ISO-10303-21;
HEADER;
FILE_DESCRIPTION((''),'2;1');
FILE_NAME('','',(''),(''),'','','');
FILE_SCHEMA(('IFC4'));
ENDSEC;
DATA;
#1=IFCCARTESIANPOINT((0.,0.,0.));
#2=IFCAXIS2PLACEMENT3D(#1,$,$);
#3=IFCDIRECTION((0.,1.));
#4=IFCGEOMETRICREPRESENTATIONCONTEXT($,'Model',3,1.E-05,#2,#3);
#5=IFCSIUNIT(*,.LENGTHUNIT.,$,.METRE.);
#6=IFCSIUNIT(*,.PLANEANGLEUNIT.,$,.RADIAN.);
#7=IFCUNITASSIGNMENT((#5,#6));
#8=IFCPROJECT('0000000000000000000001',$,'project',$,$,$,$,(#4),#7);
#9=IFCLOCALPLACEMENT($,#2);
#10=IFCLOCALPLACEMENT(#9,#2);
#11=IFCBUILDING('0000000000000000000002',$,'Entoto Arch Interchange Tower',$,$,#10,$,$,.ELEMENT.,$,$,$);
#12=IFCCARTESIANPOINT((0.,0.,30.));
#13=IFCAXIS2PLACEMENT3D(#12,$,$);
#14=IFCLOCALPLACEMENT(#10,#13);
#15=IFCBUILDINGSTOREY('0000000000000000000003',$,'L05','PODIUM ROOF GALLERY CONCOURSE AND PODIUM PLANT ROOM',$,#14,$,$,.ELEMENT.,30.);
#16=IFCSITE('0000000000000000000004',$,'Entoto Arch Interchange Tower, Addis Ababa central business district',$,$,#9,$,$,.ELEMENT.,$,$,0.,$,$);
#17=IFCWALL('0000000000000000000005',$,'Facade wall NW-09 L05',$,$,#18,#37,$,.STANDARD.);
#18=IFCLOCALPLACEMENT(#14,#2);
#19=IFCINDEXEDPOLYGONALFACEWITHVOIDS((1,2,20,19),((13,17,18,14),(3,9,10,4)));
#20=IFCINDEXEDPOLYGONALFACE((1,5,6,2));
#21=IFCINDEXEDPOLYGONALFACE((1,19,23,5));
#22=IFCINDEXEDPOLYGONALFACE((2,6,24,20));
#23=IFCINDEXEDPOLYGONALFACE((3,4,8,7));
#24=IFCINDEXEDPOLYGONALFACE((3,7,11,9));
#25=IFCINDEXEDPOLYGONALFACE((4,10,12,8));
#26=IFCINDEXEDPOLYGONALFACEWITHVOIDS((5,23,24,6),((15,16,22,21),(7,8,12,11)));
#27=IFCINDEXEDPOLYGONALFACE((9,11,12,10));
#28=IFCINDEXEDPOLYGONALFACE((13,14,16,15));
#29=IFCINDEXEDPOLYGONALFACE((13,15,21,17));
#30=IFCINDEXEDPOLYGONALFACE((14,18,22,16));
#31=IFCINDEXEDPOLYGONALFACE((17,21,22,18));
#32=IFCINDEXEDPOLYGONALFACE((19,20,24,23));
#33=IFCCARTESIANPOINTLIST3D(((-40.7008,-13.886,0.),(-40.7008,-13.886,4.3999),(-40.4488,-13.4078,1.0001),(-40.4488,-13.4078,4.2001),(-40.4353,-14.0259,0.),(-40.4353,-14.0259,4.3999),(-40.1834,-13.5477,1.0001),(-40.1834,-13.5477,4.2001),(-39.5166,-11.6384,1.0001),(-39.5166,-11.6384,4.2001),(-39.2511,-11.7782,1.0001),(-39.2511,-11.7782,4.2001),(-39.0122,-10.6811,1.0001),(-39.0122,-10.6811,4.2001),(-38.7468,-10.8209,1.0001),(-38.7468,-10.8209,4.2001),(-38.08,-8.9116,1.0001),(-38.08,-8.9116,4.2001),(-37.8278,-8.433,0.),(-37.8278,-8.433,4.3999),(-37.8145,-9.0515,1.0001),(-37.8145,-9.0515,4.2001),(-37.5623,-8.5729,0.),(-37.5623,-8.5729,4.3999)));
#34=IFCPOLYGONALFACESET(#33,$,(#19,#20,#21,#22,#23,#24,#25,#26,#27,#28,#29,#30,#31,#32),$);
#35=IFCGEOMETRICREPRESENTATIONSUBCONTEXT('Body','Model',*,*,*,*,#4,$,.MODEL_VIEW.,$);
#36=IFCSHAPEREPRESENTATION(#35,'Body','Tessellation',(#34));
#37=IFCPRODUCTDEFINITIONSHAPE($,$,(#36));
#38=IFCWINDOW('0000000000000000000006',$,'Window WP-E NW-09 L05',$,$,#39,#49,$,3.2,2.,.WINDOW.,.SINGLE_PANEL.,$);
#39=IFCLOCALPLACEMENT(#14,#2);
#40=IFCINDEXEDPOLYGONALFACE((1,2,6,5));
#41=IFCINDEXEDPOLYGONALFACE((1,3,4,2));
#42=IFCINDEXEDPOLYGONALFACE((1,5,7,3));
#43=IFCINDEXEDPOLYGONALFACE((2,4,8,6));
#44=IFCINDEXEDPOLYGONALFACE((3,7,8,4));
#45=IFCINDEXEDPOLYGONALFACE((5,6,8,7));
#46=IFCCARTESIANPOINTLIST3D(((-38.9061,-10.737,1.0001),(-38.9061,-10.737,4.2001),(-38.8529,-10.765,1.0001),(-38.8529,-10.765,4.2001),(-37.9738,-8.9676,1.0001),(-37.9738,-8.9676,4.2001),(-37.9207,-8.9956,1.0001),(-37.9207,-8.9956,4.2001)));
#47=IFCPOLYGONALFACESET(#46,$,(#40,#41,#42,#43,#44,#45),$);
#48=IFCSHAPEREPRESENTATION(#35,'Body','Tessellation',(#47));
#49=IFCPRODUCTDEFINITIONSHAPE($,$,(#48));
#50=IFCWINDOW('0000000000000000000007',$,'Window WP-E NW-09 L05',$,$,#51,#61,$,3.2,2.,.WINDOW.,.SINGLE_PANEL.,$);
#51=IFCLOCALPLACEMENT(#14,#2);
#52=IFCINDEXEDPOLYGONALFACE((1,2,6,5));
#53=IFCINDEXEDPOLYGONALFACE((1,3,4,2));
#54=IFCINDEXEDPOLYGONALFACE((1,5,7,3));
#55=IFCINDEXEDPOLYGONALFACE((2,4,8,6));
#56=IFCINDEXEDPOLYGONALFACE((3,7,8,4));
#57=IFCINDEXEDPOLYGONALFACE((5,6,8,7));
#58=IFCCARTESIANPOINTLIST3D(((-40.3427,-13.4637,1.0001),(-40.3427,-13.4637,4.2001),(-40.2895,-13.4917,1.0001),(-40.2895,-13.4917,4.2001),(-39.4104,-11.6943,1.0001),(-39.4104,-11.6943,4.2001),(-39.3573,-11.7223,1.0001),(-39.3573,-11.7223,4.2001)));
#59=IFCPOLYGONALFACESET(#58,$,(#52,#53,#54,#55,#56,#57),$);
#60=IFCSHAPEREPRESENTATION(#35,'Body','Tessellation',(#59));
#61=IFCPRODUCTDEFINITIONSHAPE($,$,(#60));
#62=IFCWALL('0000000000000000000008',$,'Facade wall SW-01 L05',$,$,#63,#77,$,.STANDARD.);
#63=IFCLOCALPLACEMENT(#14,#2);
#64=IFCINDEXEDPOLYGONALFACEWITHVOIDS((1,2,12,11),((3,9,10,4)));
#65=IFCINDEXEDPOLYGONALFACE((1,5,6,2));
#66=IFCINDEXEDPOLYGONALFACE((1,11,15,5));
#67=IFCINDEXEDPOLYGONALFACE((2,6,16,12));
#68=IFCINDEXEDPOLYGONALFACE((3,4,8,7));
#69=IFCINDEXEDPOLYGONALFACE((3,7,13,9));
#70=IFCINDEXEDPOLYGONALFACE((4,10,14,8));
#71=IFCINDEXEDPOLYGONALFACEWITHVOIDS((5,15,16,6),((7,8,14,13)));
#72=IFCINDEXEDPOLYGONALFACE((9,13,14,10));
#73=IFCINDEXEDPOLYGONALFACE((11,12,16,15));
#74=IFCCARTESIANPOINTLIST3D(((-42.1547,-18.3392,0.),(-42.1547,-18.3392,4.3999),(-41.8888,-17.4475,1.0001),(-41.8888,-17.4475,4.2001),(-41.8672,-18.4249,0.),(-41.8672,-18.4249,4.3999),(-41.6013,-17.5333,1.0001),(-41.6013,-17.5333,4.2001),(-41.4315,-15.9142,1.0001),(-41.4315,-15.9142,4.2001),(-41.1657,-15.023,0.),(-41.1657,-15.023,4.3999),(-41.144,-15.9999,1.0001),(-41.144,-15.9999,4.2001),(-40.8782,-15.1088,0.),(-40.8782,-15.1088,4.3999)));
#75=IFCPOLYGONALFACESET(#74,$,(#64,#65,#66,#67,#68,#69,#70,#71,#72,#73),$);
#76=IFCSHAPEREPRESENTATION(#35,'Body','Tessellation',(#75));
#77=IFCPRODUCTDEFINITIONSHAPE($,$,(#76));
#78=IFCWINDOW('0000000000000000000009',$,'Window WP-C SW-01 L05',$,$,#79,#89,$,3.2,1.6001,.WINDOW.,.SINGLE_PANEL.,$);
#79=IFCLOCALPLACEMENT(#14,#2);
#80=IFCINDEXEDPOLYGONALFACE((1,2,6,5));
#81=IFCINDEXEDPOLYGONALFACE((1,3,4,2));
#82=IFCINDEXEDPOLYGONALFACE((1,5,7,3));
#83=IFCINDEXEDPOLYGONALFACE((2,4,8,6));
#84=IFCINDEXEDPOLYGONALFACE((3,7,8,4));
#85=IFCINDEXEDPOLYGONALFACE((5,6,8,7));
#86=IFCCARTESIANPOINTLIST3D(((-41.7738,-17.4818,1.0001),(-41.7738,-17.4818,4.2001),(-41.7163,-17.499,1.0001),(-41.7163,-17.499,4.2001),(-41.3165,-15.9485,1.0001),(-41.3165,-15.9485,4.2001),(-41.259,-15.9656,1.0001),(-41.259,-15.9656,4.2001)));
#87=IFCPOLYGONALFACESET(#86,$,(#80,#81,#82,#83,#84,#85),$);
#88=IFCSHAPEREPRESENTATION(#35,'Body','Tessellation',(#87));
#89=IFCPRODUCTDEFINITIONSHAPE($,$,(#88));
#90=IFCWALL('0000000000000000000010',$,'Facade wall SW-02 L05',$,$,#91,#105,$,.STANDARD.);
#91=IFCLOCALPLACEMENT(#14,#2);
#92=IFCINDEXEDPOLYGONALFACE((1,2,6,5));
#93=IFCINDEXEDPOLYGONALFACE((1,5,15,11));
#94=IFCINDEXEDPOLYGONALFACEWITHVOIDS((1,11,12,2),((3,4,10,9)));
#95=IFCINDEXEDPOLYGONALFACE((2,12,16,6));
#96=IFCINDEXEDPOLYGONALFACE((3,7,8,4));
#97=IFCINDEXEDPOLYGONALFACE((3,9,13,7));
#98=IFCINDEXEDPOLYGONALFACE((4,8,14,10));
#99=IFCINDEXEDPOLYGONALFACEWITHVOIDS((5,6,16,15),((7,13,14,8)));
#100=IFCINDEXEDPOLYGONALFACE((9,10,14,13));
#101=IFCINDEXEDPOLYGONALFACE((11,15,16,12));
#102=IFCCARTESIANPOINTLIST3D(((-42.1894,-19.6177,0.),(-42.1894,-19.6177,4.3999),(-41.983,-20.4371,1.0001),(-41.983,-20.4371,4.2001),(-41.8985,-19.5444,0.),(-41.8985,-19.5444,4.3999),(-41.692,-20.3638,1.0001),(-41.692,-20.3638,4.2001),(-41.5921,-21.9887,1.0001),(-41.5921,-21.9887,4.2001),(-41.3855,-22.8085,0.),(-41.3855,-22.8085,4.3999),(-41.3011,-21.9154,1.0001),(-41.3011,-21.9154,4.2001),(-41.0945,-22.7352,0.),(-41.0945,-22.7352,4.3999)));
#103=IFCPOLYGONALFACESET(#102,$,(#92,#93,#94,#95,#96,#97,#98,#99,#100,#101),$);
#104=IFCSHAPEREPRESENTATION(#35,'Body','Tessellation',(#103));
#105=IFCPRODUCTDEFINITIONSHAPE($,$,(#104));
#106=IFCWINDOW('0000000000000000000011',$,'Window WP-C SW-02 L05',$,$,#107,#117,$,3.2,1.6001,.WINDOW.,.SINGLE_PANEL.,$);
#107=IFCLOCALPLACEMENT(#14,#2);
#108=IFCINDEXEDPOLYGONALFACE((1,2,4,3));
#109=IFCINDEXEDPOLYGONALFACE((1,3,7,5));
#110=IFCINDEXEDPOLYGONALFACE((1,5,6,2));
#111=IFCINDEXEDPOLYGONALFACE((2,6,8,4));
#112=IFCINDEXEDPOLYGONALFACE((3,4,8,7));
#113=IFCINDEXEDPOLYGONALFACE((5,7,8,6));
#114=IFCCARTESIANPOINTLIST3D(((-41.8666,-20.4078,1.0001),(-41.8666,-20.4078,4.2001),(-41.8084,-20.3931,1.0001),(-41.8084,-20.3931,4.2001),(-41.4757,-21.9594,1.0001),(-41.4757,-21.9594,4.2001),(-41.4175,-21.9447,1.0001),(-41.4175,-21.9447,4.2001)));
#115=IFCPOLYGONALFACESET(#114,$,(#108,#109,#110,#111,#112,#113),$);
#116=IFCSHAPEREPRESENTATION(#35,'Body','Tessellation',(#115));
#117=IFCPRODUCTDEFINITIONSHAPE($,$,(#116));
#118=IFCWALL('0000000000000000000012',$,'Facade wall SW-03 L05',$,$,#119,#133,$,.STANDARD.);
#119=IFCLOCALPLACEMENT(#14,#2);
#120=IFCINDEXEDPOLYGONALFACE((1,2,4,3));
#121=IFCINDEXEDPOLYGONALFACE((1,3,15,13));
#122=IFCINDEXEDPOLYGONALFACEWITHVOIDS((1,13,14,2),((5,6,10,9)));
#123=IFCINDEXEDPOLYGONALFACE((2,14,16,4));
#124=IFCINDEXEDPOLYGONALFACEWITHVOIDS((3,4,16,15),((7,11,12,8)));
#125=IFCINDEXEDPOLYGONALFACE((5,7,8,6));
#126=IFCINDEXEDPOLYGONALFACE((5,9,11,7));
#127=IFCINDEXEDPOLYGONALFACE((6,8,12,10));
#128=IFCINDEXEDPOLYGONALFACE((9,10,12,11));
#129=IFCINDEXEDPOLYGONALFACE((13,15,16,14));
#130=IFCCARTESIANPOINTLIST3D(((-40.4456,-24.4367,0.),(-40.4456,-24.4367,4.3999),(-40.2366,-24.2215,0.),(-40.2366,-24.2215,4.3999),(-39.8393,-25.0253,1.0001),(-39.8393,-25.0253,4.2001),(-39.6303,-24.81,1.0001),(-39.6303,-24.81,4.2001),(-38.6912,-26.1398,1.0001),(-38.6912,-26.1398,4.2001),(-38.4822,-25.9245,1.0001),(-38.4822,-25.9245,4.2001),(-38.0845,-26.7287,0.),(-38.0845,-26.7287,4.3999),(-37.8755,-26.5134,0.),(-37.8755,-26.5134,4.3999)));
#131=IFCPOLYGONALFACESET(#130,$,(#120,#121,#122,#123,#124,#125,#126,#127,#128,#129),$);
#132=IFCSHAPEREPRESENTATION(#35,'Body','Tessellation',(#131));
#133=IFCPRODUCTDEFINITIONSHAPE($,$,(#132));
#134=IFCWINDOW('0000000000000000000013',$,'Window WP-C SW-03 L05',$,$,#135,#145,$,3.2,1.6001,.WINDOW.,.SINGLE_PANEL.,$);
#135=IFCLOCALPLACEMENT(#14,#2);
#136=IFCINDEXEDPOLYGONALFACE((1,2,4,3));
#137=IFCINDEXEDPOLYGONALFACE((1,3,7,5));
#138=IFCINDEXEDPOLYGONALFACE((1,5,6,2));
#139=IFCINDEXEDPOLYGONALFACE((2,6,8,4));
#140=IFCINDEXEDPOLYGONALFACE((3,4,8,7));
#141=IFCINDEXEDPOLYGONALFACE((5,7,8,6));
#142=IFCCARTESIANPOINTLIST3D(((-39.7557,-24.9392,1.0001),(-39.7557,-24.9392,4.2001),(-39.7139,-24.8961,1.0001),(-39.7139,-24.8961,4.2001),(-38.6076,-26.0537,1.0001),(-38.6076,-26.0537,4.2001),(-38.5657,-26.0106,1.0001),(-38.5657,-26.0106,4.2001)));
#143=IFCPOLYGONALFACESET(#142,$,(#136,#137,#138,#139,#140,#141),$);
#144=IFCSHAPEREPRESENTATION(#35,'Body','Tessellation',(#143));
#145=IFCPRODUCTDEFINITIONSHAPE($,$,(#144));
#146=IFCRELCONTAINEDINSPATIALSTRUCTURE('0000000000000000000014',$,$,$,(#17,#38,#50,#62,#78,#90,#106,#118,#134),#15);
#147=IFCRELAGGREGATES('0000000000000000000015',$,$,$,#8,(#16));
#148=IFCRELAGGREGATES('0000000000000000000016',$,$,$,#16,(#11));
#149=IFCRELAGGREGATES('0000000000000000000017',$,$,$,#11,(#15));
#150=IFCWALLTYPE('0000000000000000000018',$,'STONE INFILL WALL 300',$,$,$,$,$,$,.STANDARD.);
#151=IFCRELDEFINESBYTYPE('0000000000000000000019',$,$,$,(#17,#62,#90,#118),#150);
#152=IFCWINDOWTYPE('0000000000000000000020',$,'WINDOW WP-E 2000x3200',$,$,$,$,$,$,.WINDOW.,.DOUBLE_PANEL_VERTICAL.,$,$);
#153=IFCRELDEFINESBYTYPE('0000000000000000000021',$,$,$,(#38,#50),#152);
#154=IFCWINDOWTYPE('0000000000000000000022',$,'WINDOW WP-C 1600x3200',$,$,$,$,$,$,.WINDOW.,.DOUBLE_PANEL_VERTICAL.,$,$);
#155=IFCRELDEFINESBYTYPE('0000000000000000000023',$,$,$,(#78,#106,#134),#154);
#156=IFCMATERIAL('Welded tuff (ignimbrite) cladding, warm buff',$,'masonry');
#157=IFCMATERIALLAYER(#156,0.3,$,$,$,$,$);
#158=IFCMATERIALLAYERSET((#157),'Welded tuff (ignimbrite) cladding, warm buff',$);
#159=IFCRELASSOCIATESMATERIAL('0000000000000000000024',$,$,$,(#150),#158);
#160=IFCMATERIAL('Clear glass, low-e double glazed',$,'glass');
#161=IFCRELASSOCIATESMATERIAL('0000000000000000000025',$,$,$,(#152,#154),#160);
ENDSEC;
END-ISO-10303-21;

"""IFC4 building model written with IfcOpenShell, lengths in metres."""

from ifc_helpers import new_model, si_unit, direction, frame, frame_2d, origin, place, context, subcontext, project, spatial, rectangle, extrude, material, layer, layer_set, type_object, element, fill, save


model = new_model("IFC4")

# Units and contexts
model_context = context("Model", 3, precision=1e-05, world=origin(), true_north=direction((0.0, 1.0)))
body_context = subcontext(model_context, "Body", "Model", "MODEL_VIEW")
ifc_project = project(units=[si_unit("LENGTHUNIT", "METRE"), si_unit("PLANEANGLEUNIT", "RADIAN")], contexts=[model_context])

# Site, building, storey
site_placement = place(None, origin())
site = spatial("IfcSite", under=ifc_project, at=site_placement, Name="Entoto Arch Interchange Tower, Addis Ababa central business district", CompositionType="ELEMENT", RefElevation=0.0)
building_placement = place(site_placement, origin())
building = spatial("IfcBuilding", under=site, at=building_placement, Name="Entoto Arch Interchange Tower", CompositionType="ELEMENT")
storey_placement = place(building_placement, frame((0.0, 0.0, 30.0)))
storey = spatial("IfcBuildingStorey", under=building, at=storey_placement, Name="L05", Description="PODIUM ROOF GALLERY CONCOURSE AND PODIUM PLANT ROOM", CompositionType="ELEMENT", Elevation=30.0)

# Wall, openings, windows
ifc_material_1 = material(Name="Welded tuff (ignimbrite) cladding, warm buff", Category="masonry")
ifc_layer_1 = layer(ifc_material_1, 0.3)
ifc_layer_set_1 = layer_set([ifc_layer_1], Name="Welded tuff (ignimbrite) cladding, warm buff")
wall_type_1 = type_object("IfcWallType", Name="STONE INFILL WALL 300", PredefinedType="STANDARD", material=ifc_layer_set_1)
ifc_material_2 = material(Name="Clear glass, low-e double glazed", Category="glass")
window_type_1 = type_object("IfcWindowType", Name="WINDOW WP-E 2000x3200", PartitioningType="DOUBLE_PANEL_VERTICAL", PredefinedType="WINDOW", material=ifc_material_2)
wall_1_placement = place(storey_placement, frame((-37.6951, -8.5029, 0.0), z_axis=(0.0, 0.0, 1.0), x_axis=(-0.466125, -0.884719, 0.0)))
wall_1 = element("IfcWall", 1, at=wall_1_placement, inside=storey, type_object=wall_type_1, Name="Facade wall NW-09 L05", PredefinedType="STANDARD", context=body_context, shape_type="SweptSolid", body=[
    extrude(rectangle(XDim=6.1636, YDim=0.3, at=frame_2d((3.0818, 0.0))), origin(), (0.0, 0.0, 1.0), 4.3999),
])
opening_1_placement = place(wall_1_placement, frame((0.541, 0.0, 1.0)))
opening_1 = element("IfcOpeningElement", 2, at=opening_1_placement, cuts=wall_1, PredefinedType="OPENING", context=body_context, shape_type="SweptSolid", body=[
    extrude(rectangle(XDim=2.0, YDim=3.2, at=frame_2d((1.0, 1.6001))), frame((0.0, 0.1602, 0.0), z_axis=(0.0, -1.0, 0.0), x_axis=(1.0, 0.0, 0.0)), (0.0, 0.0, 1.0), 0.3201),
])
opening_2_placement = place(wall_1_placement, frame((3.623, 0.0, 1.0)))
opening_2 = element("IfcOpeningElement", 3, at=opening_2_placement, cuts=wall_1, PredefinedType="OPENING", context=body_context, shape_type="SweptSolid", body=[
    extrude(rectangle(XDim=2.0, YDim=3.2, at=frame_2d((1.0, 1.6001))), frame((0.0, 0.1602, 0.0), z_axis=(0.0, -1.0, 0.0), x_axis=(1.0, 0.0, 0.0)), (0.0, 0.0, 1.0), 0.3201),
])
window_1_placement = place(opening_1_placement, origin())
window_1 = element("IfcWindow", 4, at=window_1_placement, inside=storey, type_object=window_type_1, Name="Window WP-E NW-09 L05", OverallHeight=3.2, OverallWidth=2.0, PartitioningType="SINGLE_PANEL", PredefinedType="WINDOW", context=body_context, shape_type="SweptSolid", body=[
    extrude(rectangle(XDim=2.0, YDim=3.2, at=frame_2d((1.0, 1.6001))), frame((0.0, 0.03, 0.0), z_axis=(0.0, -1.0, 0.0), x_axis=(1.0, 0.0, 0.0)), (0.0, 0.0, 1.0), 0.0601),
])
fill(opening_1, window_1)
window_2_placement = place(opening_2_placement, origin())
window_2 = element("IfcWindow", 5, at=window_2_placement, inside=storey, type_object=window_type_1, Name="Window WP-E NW-09 L05", OverallHeight=3.2, OverallWidth=2.0, PartitioningType="SINGLE_PANEL", PredefinedType="WINDOW", context=body_context, shape_type="SweptSolid", body=[
    extrude(rectangle(XDim=2.0, YDim=3.2, at=frame_2d((1.0, 1.6001))), frame((0.0, 0.03, 0.0), z_axis=(0.0, -1.0, 0.0), x_axis=(1.0, 0.0, 0.0)), (0.0, 0.0, 1.0), 0.0601),
])
fill(opening_2, window_2)

# Walls, openings, windows
wall_2_placement = place(storey_placement, frame((-41.022, -15.0659, 0.0), z_axis=(0.0, 0.0, 1.0), x_axis=(-0.285801, -0.958289, 0.0)))
wall_2 = element("IfcWall", 6, at=wall_2_placement, inside=storey, type_object=wall_type_1, Name="Facade wall SW-01 L05", PredefinedType="STANDARD", context=body_context, shape_type="SweptSolid", body=[
    extrude(rectangle(XDim=3.4604, YDim=0.3, at=frame_2d((1.7302, 0.0))), origin(), (0.0, 0.0, 1.0), 4.3999),
])
opening_3_placement = place(wall_2_placement, frame((0.9299, 0.0, 1.0)))
opening_3 = element("IfcOpeningElement", 7, at=opening_3_placement, cuts=wall_2, PredefinedType="OPENING", context=body_context, shape_type="SweptSolid", body=[
    extrude(rectangle(XDim=1.6001, YDim=3.2, at=frame_2d((0.8, 1.6001))), frame((0.0, 0.1602, 0.0), z_axis=(0.0, -1.0, 0.0), x_axis=(1.0, 0.0, 0.0)), (0.0, 0.0, 1.0), 0.3201),
])
window_type_2 = type_object("IfcWindowType", Name="WINDOW WP-C 1600x3200", PartitioningType="DOUBLE_PANEL_VERTICAL", PredefinedType="WINDOW", material=ifc_material_2)
window_3_placement = place(opening_3_placement, origin())
window_3 = element("IfcWindow", 8, at=window_3_placement, inside=storey, type_object=window_type_2, Name="Window WP-C SW-01 L05", OverallHeight=3.2, OverallWidth=1.6001, PartitioningType="SINGLE_PANEL", PredefinedType="WINDOW", context=body_context, shape_type="SweptSolid", body=[
    extrude(rectangle(XDim=1.6001, YDim=3.2, at=frame_2d((0.8, 1.6001))), frame((0.0, 0.03, 0.0), z_axis=(0.0, -1.0, 0.0), x_axis=(1.0, 0.0, 0.0)), (0.0, 0.0, 1.0), 0.0601),
])
fill(opening_3, window_3)
wall_3_placement = place(storey_placement, frame((-42.0439, -19.5811, 0.0), z_axis=(0.0, 0.0, 1.0), x_axis=(0.244316, -0.969696, 0.0)))
wall_3 = element("IfcWall", 9, at=wall_3_placement, inside=storey, type_object=wall_type_1, Name="Facade wall SW-02 L05", PredefinedType="STANDARD", context=body_context, shape_type="SweptSolid", body=[
    extrude(rectangle(XDim=3.2905, YDim=0.3, at=frame_2d((1.6453, 0.0))), origin(), (0.0, 0.0, 1.0), 4.3999),
])
opening_4_placement = place(wall_3_placement, frame((0.845, 0.0, 1.0)))
opening_4 = element("IfcOpeningElement", 10, at=opening_4_placement, cuts=wall_3, PredefinedType="OPENING", context=body_context, shape_type="SweptSolid", body=[
    extrude(rectangle(XDim=1.6001, YDim=3.2, at=frame_2d((0.8, 1.6001))), frame((0.0, 0.1602, 0.0), z_axis=(0.0, -1.0, 0.0), x_axis=(1.0, 0.0, 0.0)), (0.0, 0.0, 1.0), 0.3201),
])
window_4_placement = place(opening_4_placement, origin())
window_4 = element("IfcWindow", 11, at=window_4_placement, inside=storey, type_object=window_type_2, Name="Window WP-C SW-02 L05", OverallHeight=3.2, OverallWidth=1.6001, PartitioningType="SINGLE_PANEL", PredefinedType="WINDOW", context=body_context, shape_type="SweptSolid", body=[
    extrude(rectangle(XDim=1.6001, YDim=3.2, at=frame_2d((0.8, 1.6001))), frame((0.0, 0.03, 0.0), z_axis=(0.0, -1.0, 0.0), x_axis=(1.0, 0.0, 0.0)), (0.0, 0.0, 1.0), 0.0601),
])
fill(opening_4, window_4)
wall_4_placement = place(storey_placement, frame((-40.3411, -24.3291, 0.0), z_axis=(0.0, 0.0, 1.0), x_axis=(0.717527, -0.69653, 0.0)))
wall_4 = element("IfcWall", 12, at=wall_4_placement, inside=storey, type_object=wall_type_1, Name="Facade wall SW-03 L05", PredefinedType="STANDARD", context=body_context, shape_type="SweptSolid", body=[
    extrude(rectangle(XDim=3.2905, YDim=0.3, at=frame_2d((1.6453, 0.0))), origin(), (0.0, 0.0, 1.0), 4.3999),
])
opening_5_placement = place(wall_4_placement, frame((0.845, 0.0, 1.0)))
opening_5 = element("IfcOpeningElement", 13, at=opening_5_placement, cuts=wall_4, PredefinedType="OPENING", context=body_context, shape_type="SweptSolid", body=[
    extrude(rectangle(XDim=1.6001, YDim=3.2, at=frame_2d((0.8, 1.6001))), frame((0.0, 0.1602, 0.0), z_axis=(0.0, -1.0, 0.0), x_axis=(1.0, 0.0, 0.0)), (0.0, 0.0, 1.0), 0.3201),
])
window_5_placement = place(opening_5_placement, origin())
window_5 = element("IfcWindow", 14, at=window_5_placement, inside=storey, type_object=window_type_2, Name="Window WP-C SW-03 L05", OverallHeight=3.2, OverallWidth=1.6001, PartitioningType="SINGLE_PANEL", PredefinedType="WINDOW", context=body_context, shape_type="SweptSolid", body=[
    extrude(rectangle(XDim=1.6001, YDim=3.2, at=frame_2d((0.8, 1.6001))), frame((0.0, 0.03, 0.0), z_axis=(0.0, -1.0, 0.0), x_axis=(1.0, 0.0, 0.0)), (0.0, 0.0, 1.0), 0.0601),
])
fill(opening_5, window_5)

save(model, "model.ifc")
